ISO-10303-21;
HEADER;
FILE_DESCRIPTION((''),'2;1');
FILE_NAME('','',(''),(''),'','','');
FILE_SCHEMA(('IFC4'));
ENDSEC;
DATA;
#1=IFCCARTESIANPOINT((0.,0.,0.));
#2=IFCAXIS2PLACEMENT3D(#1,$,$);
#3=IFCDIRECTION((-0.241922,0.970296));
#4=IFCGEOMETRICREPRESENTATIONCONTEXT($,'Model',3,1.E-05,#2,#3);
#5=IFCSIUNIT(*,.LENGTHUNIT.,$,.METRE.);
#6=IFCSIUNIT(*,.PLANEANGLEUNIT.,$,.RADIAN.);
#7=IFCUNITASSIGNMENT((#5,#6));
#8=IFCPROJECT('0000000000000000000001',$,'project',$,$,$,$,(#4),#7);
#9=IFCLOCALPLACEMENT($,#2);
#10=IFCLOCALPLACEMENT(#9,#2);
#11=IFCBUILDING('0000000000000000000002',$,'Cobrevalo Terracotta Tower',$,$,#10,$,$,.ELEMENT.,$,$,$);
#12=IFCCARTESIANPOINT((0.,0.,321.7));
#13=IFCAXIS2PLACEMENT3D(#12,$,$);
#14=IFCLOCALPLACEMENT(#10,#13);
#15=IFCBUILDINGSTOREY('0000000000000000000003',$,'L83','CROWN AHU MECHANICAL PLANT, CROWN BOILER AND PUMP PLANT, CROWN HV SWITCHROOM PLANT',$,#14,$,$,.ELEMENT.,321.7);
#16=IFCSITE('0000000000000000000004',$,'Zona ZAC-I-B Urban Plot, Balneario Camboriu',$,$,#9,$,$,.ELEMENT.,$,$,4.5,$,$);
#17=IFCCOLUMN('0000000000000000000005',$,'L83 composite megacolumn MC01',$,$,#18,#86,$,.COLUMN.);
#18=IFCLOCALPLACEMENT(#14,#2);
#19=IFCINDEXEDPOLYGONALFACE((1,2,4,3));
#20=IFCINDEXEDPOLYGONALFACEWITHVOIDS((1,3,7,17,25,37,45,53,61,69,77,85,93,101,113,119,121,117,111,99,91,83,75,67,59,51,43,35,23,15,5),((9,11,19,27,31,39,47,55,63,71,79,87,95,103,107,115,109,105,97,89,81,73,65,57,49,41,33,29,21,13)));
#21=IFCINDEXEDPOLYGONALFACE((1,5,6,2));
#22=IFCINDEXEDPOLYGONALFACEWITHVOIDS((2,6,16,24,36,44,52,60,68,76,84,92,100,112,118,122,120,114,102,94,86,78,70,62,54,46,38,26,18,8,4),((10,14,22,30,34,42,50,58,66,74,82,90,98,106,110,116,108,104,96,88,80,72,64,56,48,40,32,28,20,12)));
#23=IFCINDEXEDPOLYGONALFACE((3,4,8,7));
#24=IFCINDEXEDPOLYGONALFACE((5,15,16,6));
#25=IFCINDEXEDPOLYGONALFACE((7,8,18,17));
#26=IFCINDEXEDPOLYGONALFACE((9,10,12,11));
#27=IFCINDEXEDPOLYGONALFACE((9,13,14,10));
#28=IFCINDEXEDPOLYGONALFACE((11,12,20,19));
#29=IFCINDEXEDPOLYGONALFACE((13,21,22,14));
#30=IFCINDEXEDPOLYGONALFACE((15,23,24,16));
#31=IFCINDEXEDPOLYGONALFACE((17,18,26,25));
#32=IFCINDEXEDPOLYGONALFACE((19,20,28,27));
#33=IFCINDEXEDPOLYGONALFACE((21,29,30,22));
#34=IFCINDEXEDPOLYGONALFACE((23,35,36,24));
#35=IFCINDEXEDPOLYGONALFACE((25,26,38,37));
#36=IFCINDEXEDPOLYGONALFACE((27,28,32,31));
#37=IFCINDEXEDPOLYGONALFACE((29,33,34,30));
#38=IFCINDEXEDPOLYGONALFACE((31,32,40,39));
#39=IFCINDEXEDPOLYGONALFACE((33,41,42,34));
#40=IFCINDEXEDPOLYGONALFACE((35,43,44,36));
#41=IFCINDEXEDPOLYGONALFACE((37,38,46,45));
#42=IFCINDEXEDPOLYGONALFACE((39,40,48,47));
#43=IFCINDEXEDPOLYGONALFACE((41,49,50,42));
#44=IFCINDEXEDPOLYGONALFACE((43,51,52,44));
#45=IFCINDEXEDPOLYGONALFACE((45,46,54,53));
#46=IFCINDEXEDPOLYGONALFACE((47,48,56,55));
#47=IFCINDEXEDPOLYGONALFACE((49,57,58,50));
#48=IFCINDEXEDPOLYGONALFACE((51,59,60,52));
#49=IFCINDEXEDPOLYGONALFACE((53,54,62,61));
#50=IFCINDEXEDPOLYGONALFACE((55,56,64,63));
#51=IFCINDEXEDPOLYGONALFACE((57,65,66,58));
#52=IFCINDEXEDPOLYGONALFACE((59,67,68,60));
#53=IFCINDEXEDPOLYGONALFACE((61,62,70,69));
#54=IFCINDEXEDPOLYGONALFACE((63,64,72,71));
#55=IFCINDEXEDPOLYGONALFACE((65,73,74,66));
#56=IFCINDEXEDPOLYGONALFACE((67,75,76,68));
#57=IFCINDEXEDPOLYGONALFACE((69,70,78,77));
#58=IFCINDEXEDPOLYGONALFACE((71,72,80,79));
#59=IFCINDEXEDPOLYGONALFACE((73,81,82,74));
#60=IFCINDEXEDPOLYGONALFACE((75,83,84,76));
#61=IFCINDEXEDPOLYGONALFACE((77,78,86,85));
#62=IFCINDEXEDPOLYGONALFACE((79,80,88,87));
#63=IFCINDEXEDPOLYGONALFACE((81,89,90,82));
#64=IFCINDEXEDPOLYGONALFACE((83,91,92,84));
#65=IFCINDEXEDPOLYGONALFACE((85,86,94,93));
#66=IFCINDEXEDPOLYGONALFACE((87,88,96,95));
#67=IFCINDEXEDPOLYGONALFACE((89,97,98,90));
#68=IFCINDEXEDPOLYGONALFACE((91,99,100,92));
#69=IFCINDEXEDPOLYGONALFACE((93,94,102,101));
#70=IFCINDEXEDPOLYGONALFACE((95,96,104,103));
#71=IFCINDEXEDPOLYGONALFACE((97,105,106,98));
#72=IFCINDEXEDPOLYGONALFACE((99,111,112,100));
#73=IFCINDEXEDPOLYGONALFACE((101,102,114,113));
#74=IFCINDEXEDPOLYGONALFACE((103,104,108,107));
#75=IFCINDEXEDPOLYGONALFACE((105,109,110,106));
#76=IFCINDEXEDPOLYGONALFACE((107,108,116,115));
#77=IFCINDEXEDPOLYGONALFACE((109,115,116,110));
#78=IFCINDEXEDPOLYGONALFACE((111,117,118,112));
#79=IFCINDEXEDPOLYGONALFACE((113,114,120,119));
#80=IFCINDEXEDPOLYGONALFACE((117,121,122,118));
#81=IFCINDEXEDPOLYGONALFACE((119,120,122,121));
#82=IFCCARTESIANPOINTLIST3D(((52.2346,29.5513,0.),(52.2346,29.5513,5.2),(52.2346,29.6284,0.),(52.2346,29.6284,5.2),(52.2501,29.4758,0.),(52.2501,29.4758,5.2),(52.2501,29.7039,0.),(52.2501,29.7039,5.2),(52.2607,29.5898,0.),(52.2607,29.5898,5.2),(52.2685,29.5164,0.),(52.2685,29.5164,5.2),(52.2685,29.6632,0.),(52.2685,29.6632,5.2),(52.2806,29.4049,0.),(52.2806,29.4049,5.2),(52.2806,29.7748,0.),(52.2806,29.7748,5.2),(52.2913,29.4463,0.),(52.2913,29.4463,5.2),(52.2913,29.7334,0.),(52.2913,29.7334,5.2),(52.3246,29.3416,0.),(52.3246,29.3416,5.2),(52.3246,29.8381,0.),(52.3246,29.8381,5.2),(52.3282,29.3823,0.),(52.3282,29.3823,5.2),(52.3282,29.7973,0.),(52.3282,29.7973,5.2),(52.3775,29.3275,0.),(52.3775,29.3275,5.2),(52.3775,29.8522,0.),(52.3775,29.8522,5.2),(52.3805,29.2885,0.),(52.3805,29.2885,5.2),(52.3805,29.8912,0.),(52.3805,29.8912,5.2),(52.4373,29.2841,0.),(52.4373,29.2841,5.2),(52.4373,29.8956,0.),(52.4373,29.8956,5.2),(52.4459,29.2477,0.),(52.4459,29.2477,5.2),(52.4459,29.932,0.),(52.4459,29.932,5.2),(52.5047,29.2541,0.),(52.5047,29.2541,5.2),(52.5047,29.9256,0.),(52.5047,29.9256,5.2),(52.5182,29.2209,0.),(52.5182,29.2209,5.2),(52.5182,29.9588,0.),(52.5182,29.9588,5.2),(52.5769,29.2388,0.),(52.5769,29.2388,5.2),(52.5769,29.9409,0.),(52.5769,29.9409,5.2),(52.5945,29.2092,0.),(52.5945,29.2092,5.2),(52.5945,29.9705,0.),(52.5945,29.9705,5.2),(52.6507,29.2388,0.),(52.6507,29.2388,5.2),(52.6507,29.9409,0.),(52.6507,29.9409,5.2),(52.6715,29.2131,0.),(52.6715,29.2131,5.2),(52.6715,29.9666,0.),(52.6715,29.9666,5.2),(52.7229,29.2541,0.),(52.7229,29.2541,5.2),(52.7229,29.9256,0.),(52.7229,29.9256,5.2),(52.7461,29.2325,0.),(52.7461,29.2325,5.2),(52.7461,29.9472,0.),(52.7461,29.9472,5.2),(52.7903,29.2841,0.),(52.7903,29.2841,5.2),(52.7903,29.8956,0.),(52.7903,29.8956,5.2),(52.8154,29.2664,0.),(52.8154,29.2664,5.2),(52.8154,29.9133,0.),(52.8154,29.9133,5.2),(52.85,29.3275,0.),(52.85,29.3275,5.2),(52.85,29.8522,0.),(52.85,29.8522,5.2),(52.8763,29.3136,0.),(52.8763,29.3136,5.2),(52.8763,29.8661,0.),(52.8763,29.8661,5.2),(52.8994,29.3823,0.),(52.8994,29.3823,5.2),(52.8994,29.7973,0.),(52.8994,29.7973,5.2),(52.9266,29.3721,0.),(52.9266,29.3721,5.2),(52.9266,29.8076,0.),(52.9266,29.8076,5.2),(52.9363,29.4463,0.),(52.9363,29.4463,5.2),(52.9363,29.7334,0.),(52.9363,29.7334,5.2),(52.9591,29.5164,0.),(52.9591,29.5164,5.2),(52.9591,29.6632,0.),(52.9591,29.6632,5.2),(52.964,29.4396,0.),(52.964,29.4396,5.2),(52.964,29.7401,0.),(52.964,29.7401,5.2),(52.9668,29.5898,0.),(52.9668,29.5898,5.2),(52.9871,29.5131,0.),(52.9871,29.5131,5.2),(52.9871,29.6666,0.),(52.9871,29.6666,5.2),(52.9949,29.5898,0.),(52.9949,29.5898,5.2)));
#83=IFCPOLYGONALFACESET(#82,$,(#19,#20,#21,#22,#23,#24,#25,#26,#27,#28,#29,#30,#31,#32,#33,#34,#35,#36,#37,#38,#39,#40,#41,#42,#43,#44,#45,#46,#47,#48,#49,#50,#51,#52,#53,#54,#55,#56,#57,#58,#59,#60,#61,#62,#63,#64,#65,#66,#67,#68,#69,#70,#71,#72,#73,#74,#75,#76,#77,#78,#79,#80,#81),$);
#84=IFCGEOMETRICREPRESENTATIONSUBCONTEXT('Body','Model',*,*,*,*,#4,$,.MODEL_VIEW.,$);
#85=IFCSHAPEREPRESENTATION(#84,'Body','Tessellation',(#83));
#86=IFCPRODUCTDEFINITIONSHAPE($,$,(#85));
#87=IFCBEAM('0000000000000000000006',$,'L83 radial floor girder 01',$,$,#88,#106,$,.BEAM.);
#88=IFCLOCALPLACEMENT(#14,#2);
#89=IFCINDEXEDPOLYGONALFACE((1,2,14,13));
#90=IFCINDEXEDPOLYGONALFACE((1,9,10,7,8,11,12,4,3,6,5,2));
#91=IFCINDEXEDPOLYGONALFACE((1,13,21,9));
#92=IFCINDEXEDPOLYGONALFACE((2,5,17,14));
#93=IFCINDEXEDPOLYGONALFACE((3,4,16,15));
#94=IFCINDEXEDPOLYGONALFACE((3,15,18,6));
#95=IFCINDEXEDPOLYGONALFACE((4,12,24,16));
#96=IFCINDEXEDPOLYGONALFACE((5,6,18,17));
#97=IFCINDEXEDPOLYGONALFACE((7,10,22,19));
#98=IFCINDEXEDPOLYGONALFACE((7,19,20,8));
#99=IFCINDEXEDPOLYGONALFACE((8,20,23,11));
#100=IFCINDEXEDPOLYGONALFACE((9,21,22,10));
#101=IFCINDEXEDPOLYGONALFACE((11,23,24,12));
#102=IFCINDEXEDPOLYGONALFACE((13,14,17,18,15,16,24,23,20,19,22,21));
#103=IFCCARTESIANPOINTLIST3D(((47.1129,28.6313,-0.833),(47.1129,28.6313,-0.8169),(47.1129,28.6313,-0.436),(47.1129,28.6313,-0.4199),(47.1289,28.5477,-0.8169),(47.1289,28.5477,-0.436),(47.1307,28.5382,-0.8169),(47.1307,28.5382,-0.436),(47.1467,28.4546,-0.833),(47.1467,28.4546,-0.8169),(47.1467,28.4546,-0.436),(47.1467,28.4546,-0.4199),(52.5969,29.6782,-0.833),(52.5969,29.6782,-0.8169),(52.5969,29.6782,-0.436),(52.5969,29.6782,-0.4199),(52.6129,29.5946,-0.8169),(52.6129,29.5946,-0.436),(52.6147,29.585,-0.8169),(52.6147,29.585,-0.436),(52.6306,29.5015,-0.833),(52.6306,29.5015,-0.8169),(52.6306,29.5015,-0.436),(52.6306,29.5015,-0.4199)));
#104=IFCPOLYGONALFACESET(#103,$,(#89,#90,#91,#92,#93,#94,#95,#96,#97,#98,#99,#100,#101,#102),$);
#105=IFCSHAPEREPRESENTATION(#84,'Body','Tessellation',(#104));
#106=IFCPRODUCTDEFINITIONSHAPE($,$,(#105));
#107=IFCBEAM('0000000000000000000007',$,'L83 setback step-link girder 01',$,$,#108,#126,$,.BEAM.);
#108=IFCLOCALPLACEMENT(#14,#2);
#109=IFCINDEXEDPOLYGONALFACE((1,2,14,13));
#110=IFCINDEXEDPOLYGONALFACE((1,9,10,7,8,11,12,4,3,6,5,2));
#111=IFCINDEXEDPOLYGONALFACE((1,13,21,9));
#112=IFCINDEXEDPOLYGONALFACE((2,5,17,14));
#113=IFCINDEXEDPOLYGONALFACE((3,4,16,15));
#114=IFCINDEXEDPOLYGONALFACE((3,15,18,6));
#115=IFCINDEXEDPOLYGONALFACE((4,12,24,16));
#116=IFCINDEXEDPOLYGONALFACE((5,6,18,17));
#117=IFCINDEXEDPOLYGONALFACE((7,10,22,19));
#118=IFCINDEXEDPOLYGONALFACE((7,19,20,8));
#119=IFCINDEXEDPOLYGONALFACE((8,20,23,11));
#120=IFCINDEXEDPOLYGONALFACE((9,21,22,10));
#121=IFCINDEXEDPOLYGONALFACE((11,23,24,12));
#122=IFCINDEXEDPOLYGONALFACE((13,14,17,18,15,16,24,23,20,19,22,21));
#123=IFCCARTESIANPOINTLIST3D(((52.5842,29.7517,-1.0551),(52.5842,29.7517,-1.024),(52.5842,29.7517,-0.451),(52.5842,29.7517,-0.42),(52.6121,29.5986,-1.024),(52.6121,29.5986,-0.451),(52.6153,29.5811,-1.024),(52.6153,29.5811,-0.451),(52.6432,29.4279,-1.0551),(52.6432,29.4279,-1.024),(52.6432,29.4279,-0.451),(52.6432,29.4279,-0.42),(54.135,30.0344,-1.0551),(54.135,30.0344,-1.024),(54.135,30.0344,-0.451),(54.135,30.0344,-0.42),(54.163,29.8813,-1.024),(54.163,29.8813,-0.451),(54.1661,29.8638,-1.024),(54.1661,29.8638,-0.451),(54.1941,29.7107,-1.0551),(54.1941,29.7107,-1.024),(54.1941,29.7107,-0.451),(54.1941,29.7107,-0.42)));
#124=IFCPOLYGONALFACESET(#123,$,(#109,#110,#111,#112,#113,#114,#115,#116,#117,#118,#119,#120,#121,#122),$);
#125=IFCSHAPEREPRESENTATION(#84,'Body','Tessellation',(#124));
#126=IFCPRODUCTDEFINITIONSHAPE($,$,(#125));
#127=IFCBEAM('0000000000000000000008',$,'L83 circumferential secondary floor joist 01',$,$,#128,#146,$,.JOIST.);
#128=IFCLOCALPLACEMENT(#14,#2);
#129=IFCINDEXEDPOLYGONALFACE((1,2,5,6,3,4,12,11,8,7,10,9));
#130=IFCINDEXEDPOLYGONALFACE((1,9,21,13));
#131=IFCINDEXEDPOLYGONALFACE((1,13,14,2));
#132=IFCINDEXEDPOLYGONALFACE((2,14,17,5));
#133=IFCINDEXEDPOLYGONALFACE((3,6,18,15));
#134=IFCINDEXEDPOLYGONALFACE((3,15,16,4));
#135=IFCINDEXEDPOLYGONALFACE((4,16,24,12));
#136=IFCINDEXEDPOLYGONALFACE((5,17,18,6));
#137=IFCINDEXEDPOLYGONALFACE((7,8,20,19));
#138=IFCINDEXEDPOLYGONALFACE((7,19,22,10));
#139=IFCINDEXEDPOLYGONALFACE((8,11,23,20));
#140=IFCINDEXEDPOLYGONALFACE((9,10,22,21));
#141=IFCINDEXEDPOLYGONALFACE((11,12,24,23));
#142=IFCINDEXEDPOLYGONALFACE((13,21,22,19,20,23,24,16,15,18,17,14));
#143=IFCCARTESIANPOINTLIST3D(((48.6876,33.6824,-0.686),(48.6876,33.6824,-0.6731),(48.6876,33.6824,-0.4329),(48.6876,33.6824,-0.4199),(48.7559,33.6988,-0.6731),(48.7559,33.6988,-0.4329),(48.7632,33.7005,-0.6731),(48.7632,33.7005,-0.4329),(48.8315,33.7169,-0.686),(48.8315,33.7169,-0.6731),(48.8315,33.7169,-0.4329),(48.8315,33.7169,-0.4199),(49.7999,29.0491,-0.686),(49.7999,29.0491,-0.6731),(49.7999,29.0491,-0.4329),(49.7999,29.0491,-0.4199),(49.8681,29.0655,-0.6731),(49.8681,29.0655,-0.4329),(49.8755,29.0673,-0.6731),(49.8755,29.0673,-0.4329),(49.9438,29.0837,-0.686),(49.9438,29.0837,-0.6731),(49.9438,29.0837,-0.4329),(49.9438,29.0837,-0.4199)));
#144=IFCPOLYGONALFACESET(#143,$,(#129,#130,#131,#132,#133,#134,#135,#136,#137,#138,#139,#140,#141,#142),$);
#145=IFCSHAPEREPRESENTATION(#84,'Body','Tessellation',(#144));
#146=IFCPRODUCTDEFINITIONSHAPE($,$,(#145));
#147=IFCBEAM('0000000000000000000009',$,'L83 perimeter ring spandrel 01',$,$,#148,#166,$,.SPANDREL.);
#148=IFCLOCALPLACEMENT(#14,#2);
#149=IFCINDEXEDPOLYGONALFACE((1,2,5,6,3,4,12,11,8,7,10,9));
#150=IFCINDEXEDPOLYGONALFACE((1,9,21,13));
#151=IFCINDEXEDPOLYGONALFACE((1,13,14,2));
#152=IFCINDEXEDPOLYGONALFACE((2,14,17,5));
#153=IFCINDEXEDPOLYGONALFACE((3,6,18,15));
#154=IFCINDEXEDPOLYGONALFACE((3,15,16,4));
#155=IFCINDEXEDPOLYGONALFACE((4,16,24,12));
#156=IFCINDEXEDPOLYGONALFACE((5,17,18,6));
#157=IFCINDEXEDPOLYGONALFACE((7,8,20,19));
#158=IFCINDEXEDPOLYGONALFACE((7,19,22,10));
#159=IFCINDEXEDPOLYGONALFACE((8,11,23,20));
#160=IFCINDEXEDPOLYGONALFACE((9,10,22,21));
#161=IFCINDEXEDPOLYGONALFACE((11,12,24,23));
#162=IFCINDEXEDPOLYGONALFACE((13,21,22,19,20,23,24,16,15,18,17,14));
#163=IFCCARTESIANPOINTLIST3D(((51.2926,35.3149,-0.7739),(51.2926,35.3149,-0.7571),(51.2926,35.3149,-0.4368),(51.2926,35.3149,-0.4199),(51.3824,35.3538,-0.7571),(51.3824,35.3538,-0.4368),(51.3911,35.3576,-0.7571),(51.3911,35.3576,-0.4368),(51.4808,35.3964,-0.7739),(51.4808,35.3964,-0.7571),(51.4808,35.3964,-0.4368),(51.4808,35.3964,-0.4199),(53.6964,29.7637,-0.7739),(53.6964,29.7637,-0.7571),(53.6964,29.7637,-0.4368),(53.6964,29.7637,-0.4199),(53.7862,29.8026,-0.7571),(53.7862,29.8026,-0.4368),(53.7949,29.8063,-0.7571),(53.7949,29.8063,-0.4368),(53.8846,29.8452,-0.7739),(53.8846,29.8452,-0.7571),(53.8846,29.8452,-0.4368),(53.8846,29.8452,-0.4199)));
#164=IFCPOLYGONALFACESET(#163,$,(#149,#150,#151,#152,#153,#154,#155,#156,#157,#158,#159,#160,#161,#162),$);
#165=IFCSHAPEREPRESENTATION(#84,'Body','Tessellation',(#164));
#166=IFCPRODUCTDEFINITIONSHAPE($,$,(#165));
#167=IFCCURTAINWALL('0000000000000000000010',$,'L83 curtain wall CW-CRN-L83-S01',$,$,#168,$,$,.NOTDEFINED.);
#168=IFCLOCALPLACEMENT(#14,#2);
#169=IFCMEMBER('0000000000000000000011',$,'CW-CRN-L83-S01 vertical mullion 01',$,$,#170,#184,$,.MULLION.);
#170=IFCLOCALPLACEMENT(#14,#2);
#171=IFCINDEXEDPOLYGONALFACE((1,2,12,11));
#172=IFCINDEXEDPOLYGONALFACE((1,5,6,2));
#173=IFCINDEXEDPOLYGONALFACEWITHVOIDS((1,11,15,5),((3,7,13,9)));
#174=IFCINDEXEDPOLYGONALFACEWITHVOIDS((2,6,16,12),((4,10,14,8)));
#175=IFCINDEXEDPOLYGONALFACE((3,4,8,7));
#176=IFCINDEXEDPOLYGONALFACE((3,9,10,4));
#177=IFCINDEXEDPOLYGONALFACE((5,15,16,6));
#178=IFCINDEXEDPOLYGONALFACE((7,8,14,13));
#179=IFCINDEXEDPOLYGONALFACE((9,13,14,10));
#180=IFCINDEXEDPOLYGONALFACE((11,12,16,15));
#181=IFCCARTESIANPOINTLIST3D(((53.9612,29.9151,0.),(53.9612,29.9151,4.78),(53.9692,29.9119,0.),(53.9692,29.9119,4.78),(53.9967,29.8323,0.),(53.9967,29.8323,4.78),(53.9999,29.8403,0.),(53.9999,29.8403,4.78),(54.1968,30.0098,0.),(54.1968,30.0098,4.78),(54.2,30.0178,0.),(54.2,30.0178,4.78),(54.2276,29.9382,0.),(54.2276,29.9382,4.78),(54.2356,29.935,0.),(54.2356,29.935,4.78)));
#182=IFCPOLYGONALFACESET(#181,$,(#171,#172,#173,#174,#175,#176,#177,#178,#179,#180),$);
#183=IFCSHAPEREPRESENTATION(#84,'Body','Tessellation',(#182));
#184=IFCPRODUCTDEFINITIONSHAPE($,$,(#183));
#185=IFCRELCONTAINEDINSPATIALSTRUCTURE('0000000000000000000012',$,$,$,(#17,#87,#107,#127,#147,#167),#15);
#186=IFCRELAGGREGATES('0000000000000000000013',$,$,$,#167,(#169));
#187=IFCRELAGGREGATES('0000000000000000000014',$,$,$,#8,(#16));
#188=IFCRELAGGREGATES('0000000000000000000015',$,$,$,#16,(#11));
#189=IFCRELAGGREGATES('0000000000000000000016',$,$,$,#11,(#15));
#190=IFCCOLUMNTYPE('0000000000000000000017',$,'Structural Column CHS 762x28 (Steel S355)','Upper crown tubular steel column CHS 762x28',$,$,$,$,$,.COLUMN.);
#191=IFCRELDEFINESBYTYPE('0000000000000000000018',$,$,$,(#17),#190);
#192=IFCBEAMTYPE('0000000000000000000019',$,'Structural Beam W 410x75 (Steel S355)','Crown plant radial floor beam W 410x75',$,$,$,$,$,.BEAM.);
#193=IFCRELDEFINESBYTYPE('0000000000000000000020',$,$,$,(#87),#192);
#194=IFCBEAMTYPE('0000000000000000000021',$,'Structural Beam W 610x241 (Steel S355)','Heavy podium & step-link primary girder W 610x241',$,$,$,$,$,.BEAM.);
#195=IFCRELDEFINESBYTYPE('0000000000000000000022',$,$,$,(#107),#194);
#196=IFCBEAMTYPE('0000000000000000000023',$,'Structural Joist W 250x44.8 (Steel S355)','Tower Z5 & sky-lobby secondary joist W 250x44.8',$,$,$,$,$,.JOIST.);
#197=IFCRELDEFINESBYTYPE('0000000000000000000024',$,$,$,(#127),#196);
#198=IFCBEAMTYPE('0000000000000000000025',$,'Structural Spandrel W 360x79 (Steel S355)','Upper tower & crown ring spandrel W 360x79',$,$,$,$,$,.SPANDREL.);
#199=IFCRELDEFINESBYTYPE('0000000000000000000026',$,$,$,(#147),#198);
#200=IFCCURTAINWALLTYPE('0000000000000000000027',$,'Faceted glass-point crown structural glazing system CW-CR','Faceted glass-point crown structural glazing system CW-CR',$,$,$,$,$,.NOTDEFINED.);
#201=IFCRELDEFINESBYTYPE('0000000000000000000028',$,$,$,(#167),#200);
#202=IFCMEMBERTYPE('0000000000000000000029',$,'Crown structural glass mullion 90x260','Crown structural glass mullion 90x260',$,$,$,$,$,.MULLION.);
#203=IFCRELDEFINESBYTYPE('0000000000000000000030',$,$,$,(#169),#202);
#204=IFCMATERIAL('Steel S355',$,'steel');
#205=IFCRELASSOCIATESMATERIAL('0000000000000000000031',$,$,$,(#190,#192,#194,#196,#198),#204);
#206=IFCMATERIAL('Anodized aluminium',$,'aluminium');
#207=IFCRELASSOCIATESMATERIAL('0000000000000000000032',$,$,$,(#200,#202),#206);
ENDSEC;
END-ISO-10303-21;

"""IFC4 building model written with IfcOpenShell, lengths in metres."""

from ifc_helpers import new_model, si_unit, direction, frame, origin, origin_2d, place, context, subcontext, project, spatial, hollow_rectangle, hollow_circle, i_section, extrude, source, transform, mapped, material, material_profile, profile_set, type_object, element, aggregate, save


model = new_model("IFC4")

# Units and contexts
model_context = context("Model", 3, precision=1e-05, world=origin(), true_north=direction((-0.241922, 0.970296)))
body_context = subcontext(model_context, "Body", "Model", "MODEL_VIEW")
ifc_project = project(units=[si_unit("LENGTHUNIT", "METRE"), si_unit("PLANEANGLEUNIT", "RADIAN")], contexts=[model_context])

# Site, building, storey
site_placement = place(None, origin())
site = spatial("IfcSite", under=ifc_project, at=site_placement, Name="Zona ZAC-I-B Urban Plot, Balneario Camboriu", CompositionType="ELEMENT", RefElevation=4.5)
building_placement = place(site_placement, origin())
building = spatial("IfcBuilding", under=site, at=building_placement, Name="Cobrevalo Terracotta Tower", CompositionType="ELEMENT")
storey_placement = place(building_placement, frame((0.0, 0.0, 321.7)))
storey = spatial("IfcBuildingStorey", under=building, at=storey_placement, Name="L83", Description="CROWN AHU MECHANICAL PLANT, CROWN BOILER AND PUMP PLANT, CROWN HV SWITCHROOM PLANT", CompositionType="ELEMENT", Elevation=321.7)

# Column
ifc_material_1 = material(Name="Steel S355", Category="steel")
ifc_material_profile_1 = material_profile(ifc_material_1, hollow_circle(Radius=0.3811, WallThickness=0.0281, at=origin_2d()), Name="CHS 762x28")
ifc_profile_set_1 = profile_set([ifc_material_profile_1], Name="Steel S355")
column_type = type_object("IfcColumnType", Name="Structural Column CHS 762x28 (Steel S355)", Description="Upper crown tubular steel column CHS 762x28", PredefinedType="COLUMN", material=ifc_profile_set_1)
column_placement = place(storey_placement, frame((52.6138, 29.5898, 0.0), z_axis=(0.0, 0.0, 1.0), x_axis=(1.0, 0.0, 0.0)))
element("IfcColumn", 1, at=column_placement, inside=storey, type_object=column_type, Name="L83 composite megacolumn MC01", PredefinedType="COLUMN", context=body_context, shape_type="SweptSolid", body=[
    extrude(hollow_circle(Radius=0.3811, WallThickness=0.0281, at=origin_2d()), origin(), (0.0, 0.0, 1.0), 5.2),
])

# Beams
ifc_material_profile_2 = material_profile(ifc_material_1, i_section(OverallWidth=0.1799, OverallDepth=0.4131, WebThickness=0.0098, FlangeThickness=0.0161, at=origin_2d()), Name="W 410x75")
ifc_profile_set_2 = profile_set([ifc_material_profile_2], Name="Steel S355")
beam_type_1 = type_object("IfcBeamType", Name="Structural Beam W 410x75 (Steel S355)", Description="Crown plant radial floor beam W 410x75", PredefinedType="BEAM", material=ifc_profile_set_2)
beam_1_placement = place(storey_placement, frame((52.6138, 29.5898, -0.6265), z_axis=(-0.982262, -0.187514, 0.0), x_axis=(0.187514, -0.982262, 0.0)))
element("IfcBeam", 2, at=beam_1_placement, inside=storey, type_object=beam_type_1, Name="L83 radial floor girder 01", PredefinedType="BEAM", context=body_context, shape_type="SweptSolid", body=[
    extrude(i_section(OverallWidth=0.1799, OverallDepth=0.4131, WebThickness=0.0098, FlangeThickness=0.0161, at=origin_2d()), origin(), (0.0, 0.0, 1.0), 5.583),
])
ifc_material_profile_3 = material_profile(ifc_material_1, i_section(OverallWidth=0.3291, OverallDepth=0.635, WebThickness=0.0178, FlangeThickness=0.031, at=origin_2d()), Name="W 610x241")
ifc_profile_set_3 = profile_set([ifc_material_profile_3], Name="Steel S355")
beam_type_2 = type_object("IfcBeamType", Name="Structural Beam W 610x241 (Steel S355)", Description="Heavy podium & step-link primary girder W 610x241", PredefinedType="BEAM", material=ifc_profile_set_3)
beam_2_placement = place(storey_placement, frame((54.1646, 29.8726, -0.7375), z_axis=(-0.983786, -0.179349, 0.0), x_axis=(0.179349, -0.983786, 0.0)))
element("IfcBeam", 3, at=beam_2_placement, inside=storey, type_object=beam_type_2, Name="L83 setback step-link girder 01", PredefinedType="BEAM", context=body_context, shape_type="SweptSolid", body=[
    extrude(i_section(OverallWidth=0.3291, OverallDepth=0.635, WebThickness=0.0178, FlangeThickness=0.031, at=origin_2d()), origin(), (0.0, 0.0, 1.0), 1.5764),
])
ifc_material_profile_4 = material_profile(ifc_material_1, i_section(OverallWidth=0.1479, OverallDepth=0.2661, WebThickness=0.0076, FlangeThickness=0.0129, at=origin_2d()), Name="W 250x44.8")
ifc_profile_set_4 = profile_set([ifc_material_profile_4], Name="Steel S355")
beam_type_3 = type_object("IfcBeamType", Name="Structural Joist W 250x44.8 (Steel S355)", Description="Tower Z5 & sky-lobby secondary joist W 250x44.8", PredefinedType="JOIST", material=ifc_profile_set_4)
beam_3_placement = place(storey_placement, frame((49.8718, 29.0664, -0.553), z_axis=(-0.233435, 0.972372, 0.0), x_axis=(-0.972372, -0.233435, 0.0)))
element("IfcBeam", 4, at=beam_3_placement, inside=storey, type_object=beam_type_3, Name="L83 circumferential secondary floor joist 01", PredefinedType="JOIST", context=body_context, shape_type="SweptSolid", body=[
    extrude(i_section(OverallWidth=0.1479, OverallDepth=0.2661, WebThickness=0.0076, FlangeThickness=0.0129, at=origin_2d()), origin(), (0.0, 0.0, 1.0), 4.7649),
])
ifc_material_profile_5 = material_profile(ifc_material_1, i_section(OverallWidth=0.2051, OverallDepth=0.354, WebThickness=0.0095, FlangeThickness=0.0168, at=origin_2d()), Name="W 360x79")
ifc_profile_set_5 = profile_set([ifc_material_profile_5], Name="Steel S355")
beam_type_4 = type_object("IfcBeamType", Name="Structural Spandrel W 360x79 (Steel S355)", Description="Upper tower & crown ring spandrel W 360x79", PredefinedType="SPANDREL", material=ifc_profile_set_5)
beam_4_placement = place(storey_placement, frame((53.7905, 29.8044, -0.5969), z_axis=(-0.397365, 0.917661, 0.0), x_axis=(-0.917661, -0.397365, 0.0)))
element("IfcBeam", 5, at=beam_4_placement, inside=storey, type_object=beam_type_4, Name="L83 perimeter ring spandrel 01", PredefinedType="SPANDREL", context=body_context, shape_type="SweptSolid", body=[
    extrude(i_section(OverallWidth=0.2051, OverallDepth=0.354, WebThickness=0.0095, FlangeThickness=0.0168, at=origin_2d()), origin(), (0.0, 0.0, 1.0), 6.0493),
])

# Curtain wall, member
ifc_material_2 = material(Name="Anodized aluminium", Category="aluminium")
curtain_wall_type = type_object("IfcCurtainWallType", Name="Faceted glass-point crown structural glazing system CW-CR", Description="Faceted glass-point crown structural glazing system CW-CR", PredefinedType="NOTDEFINED", material=ifc_material_2)
curtain_wall_1_placement = place(storey_placement, origin())
curtain_wall_1 = element("IfcCurtainWall", 6, at=curtain_wall_1_placement, inside=storey, type_object=curtain_wall_type, Name="L83 curtain wall CW-CRN-L83-S01", PredefinedType="NOTDEFINED")
ifc_material_profile_6 = material_profile(ifc_material_2, hollow_rectangle(XDim=0.0901, YDim=0.26, WallThickness=0.0061, at=origin_2d()), Name="CWM 90x260")
ifc_profile_set_6 = profile_set([ifc_material_profile_6], Name="Anodized aluminium")
member_type_1 = type_object("IfcMemberType", Name="Crown structural glass mullion 90x260", Description="Crown structural glass mullion 90x260", PredefinedType="MULLION", material=ifc_profile_set_6)
shared_shape_1 = source(origin(), body_context, "Body", "SweptSolid", [
    extrude(hollow_rectangle(XDim=0.0901, YDim=0.26, WallThickness=0.0061, at=origin_2d()), origin(), (0.0, 0.0, 1.0), 4.78),
])
member_1_placement = place(storey_placement, frame((54.0984, 29.925, 0.0), z_axis=(0.0, 0.0, 1.0), x_axis=(-0.394968, 0.918695, 0.0)))
member_1 = element("IfcMember", 7, at=member_1_placement, type_object=member_type_1, Name="CW-CRN-L83-S01 vertical mullion 01", PredefinedType="MULLION", context=body_context, shape_type="MappedRepresentation", body=[
    mapped(shared_shape_1, transform((0.0, 0.0, 0.0), scale=1.0)),
])

aggregate(curtain_wall_1, [member_1])

save(model, "model.ifc")
